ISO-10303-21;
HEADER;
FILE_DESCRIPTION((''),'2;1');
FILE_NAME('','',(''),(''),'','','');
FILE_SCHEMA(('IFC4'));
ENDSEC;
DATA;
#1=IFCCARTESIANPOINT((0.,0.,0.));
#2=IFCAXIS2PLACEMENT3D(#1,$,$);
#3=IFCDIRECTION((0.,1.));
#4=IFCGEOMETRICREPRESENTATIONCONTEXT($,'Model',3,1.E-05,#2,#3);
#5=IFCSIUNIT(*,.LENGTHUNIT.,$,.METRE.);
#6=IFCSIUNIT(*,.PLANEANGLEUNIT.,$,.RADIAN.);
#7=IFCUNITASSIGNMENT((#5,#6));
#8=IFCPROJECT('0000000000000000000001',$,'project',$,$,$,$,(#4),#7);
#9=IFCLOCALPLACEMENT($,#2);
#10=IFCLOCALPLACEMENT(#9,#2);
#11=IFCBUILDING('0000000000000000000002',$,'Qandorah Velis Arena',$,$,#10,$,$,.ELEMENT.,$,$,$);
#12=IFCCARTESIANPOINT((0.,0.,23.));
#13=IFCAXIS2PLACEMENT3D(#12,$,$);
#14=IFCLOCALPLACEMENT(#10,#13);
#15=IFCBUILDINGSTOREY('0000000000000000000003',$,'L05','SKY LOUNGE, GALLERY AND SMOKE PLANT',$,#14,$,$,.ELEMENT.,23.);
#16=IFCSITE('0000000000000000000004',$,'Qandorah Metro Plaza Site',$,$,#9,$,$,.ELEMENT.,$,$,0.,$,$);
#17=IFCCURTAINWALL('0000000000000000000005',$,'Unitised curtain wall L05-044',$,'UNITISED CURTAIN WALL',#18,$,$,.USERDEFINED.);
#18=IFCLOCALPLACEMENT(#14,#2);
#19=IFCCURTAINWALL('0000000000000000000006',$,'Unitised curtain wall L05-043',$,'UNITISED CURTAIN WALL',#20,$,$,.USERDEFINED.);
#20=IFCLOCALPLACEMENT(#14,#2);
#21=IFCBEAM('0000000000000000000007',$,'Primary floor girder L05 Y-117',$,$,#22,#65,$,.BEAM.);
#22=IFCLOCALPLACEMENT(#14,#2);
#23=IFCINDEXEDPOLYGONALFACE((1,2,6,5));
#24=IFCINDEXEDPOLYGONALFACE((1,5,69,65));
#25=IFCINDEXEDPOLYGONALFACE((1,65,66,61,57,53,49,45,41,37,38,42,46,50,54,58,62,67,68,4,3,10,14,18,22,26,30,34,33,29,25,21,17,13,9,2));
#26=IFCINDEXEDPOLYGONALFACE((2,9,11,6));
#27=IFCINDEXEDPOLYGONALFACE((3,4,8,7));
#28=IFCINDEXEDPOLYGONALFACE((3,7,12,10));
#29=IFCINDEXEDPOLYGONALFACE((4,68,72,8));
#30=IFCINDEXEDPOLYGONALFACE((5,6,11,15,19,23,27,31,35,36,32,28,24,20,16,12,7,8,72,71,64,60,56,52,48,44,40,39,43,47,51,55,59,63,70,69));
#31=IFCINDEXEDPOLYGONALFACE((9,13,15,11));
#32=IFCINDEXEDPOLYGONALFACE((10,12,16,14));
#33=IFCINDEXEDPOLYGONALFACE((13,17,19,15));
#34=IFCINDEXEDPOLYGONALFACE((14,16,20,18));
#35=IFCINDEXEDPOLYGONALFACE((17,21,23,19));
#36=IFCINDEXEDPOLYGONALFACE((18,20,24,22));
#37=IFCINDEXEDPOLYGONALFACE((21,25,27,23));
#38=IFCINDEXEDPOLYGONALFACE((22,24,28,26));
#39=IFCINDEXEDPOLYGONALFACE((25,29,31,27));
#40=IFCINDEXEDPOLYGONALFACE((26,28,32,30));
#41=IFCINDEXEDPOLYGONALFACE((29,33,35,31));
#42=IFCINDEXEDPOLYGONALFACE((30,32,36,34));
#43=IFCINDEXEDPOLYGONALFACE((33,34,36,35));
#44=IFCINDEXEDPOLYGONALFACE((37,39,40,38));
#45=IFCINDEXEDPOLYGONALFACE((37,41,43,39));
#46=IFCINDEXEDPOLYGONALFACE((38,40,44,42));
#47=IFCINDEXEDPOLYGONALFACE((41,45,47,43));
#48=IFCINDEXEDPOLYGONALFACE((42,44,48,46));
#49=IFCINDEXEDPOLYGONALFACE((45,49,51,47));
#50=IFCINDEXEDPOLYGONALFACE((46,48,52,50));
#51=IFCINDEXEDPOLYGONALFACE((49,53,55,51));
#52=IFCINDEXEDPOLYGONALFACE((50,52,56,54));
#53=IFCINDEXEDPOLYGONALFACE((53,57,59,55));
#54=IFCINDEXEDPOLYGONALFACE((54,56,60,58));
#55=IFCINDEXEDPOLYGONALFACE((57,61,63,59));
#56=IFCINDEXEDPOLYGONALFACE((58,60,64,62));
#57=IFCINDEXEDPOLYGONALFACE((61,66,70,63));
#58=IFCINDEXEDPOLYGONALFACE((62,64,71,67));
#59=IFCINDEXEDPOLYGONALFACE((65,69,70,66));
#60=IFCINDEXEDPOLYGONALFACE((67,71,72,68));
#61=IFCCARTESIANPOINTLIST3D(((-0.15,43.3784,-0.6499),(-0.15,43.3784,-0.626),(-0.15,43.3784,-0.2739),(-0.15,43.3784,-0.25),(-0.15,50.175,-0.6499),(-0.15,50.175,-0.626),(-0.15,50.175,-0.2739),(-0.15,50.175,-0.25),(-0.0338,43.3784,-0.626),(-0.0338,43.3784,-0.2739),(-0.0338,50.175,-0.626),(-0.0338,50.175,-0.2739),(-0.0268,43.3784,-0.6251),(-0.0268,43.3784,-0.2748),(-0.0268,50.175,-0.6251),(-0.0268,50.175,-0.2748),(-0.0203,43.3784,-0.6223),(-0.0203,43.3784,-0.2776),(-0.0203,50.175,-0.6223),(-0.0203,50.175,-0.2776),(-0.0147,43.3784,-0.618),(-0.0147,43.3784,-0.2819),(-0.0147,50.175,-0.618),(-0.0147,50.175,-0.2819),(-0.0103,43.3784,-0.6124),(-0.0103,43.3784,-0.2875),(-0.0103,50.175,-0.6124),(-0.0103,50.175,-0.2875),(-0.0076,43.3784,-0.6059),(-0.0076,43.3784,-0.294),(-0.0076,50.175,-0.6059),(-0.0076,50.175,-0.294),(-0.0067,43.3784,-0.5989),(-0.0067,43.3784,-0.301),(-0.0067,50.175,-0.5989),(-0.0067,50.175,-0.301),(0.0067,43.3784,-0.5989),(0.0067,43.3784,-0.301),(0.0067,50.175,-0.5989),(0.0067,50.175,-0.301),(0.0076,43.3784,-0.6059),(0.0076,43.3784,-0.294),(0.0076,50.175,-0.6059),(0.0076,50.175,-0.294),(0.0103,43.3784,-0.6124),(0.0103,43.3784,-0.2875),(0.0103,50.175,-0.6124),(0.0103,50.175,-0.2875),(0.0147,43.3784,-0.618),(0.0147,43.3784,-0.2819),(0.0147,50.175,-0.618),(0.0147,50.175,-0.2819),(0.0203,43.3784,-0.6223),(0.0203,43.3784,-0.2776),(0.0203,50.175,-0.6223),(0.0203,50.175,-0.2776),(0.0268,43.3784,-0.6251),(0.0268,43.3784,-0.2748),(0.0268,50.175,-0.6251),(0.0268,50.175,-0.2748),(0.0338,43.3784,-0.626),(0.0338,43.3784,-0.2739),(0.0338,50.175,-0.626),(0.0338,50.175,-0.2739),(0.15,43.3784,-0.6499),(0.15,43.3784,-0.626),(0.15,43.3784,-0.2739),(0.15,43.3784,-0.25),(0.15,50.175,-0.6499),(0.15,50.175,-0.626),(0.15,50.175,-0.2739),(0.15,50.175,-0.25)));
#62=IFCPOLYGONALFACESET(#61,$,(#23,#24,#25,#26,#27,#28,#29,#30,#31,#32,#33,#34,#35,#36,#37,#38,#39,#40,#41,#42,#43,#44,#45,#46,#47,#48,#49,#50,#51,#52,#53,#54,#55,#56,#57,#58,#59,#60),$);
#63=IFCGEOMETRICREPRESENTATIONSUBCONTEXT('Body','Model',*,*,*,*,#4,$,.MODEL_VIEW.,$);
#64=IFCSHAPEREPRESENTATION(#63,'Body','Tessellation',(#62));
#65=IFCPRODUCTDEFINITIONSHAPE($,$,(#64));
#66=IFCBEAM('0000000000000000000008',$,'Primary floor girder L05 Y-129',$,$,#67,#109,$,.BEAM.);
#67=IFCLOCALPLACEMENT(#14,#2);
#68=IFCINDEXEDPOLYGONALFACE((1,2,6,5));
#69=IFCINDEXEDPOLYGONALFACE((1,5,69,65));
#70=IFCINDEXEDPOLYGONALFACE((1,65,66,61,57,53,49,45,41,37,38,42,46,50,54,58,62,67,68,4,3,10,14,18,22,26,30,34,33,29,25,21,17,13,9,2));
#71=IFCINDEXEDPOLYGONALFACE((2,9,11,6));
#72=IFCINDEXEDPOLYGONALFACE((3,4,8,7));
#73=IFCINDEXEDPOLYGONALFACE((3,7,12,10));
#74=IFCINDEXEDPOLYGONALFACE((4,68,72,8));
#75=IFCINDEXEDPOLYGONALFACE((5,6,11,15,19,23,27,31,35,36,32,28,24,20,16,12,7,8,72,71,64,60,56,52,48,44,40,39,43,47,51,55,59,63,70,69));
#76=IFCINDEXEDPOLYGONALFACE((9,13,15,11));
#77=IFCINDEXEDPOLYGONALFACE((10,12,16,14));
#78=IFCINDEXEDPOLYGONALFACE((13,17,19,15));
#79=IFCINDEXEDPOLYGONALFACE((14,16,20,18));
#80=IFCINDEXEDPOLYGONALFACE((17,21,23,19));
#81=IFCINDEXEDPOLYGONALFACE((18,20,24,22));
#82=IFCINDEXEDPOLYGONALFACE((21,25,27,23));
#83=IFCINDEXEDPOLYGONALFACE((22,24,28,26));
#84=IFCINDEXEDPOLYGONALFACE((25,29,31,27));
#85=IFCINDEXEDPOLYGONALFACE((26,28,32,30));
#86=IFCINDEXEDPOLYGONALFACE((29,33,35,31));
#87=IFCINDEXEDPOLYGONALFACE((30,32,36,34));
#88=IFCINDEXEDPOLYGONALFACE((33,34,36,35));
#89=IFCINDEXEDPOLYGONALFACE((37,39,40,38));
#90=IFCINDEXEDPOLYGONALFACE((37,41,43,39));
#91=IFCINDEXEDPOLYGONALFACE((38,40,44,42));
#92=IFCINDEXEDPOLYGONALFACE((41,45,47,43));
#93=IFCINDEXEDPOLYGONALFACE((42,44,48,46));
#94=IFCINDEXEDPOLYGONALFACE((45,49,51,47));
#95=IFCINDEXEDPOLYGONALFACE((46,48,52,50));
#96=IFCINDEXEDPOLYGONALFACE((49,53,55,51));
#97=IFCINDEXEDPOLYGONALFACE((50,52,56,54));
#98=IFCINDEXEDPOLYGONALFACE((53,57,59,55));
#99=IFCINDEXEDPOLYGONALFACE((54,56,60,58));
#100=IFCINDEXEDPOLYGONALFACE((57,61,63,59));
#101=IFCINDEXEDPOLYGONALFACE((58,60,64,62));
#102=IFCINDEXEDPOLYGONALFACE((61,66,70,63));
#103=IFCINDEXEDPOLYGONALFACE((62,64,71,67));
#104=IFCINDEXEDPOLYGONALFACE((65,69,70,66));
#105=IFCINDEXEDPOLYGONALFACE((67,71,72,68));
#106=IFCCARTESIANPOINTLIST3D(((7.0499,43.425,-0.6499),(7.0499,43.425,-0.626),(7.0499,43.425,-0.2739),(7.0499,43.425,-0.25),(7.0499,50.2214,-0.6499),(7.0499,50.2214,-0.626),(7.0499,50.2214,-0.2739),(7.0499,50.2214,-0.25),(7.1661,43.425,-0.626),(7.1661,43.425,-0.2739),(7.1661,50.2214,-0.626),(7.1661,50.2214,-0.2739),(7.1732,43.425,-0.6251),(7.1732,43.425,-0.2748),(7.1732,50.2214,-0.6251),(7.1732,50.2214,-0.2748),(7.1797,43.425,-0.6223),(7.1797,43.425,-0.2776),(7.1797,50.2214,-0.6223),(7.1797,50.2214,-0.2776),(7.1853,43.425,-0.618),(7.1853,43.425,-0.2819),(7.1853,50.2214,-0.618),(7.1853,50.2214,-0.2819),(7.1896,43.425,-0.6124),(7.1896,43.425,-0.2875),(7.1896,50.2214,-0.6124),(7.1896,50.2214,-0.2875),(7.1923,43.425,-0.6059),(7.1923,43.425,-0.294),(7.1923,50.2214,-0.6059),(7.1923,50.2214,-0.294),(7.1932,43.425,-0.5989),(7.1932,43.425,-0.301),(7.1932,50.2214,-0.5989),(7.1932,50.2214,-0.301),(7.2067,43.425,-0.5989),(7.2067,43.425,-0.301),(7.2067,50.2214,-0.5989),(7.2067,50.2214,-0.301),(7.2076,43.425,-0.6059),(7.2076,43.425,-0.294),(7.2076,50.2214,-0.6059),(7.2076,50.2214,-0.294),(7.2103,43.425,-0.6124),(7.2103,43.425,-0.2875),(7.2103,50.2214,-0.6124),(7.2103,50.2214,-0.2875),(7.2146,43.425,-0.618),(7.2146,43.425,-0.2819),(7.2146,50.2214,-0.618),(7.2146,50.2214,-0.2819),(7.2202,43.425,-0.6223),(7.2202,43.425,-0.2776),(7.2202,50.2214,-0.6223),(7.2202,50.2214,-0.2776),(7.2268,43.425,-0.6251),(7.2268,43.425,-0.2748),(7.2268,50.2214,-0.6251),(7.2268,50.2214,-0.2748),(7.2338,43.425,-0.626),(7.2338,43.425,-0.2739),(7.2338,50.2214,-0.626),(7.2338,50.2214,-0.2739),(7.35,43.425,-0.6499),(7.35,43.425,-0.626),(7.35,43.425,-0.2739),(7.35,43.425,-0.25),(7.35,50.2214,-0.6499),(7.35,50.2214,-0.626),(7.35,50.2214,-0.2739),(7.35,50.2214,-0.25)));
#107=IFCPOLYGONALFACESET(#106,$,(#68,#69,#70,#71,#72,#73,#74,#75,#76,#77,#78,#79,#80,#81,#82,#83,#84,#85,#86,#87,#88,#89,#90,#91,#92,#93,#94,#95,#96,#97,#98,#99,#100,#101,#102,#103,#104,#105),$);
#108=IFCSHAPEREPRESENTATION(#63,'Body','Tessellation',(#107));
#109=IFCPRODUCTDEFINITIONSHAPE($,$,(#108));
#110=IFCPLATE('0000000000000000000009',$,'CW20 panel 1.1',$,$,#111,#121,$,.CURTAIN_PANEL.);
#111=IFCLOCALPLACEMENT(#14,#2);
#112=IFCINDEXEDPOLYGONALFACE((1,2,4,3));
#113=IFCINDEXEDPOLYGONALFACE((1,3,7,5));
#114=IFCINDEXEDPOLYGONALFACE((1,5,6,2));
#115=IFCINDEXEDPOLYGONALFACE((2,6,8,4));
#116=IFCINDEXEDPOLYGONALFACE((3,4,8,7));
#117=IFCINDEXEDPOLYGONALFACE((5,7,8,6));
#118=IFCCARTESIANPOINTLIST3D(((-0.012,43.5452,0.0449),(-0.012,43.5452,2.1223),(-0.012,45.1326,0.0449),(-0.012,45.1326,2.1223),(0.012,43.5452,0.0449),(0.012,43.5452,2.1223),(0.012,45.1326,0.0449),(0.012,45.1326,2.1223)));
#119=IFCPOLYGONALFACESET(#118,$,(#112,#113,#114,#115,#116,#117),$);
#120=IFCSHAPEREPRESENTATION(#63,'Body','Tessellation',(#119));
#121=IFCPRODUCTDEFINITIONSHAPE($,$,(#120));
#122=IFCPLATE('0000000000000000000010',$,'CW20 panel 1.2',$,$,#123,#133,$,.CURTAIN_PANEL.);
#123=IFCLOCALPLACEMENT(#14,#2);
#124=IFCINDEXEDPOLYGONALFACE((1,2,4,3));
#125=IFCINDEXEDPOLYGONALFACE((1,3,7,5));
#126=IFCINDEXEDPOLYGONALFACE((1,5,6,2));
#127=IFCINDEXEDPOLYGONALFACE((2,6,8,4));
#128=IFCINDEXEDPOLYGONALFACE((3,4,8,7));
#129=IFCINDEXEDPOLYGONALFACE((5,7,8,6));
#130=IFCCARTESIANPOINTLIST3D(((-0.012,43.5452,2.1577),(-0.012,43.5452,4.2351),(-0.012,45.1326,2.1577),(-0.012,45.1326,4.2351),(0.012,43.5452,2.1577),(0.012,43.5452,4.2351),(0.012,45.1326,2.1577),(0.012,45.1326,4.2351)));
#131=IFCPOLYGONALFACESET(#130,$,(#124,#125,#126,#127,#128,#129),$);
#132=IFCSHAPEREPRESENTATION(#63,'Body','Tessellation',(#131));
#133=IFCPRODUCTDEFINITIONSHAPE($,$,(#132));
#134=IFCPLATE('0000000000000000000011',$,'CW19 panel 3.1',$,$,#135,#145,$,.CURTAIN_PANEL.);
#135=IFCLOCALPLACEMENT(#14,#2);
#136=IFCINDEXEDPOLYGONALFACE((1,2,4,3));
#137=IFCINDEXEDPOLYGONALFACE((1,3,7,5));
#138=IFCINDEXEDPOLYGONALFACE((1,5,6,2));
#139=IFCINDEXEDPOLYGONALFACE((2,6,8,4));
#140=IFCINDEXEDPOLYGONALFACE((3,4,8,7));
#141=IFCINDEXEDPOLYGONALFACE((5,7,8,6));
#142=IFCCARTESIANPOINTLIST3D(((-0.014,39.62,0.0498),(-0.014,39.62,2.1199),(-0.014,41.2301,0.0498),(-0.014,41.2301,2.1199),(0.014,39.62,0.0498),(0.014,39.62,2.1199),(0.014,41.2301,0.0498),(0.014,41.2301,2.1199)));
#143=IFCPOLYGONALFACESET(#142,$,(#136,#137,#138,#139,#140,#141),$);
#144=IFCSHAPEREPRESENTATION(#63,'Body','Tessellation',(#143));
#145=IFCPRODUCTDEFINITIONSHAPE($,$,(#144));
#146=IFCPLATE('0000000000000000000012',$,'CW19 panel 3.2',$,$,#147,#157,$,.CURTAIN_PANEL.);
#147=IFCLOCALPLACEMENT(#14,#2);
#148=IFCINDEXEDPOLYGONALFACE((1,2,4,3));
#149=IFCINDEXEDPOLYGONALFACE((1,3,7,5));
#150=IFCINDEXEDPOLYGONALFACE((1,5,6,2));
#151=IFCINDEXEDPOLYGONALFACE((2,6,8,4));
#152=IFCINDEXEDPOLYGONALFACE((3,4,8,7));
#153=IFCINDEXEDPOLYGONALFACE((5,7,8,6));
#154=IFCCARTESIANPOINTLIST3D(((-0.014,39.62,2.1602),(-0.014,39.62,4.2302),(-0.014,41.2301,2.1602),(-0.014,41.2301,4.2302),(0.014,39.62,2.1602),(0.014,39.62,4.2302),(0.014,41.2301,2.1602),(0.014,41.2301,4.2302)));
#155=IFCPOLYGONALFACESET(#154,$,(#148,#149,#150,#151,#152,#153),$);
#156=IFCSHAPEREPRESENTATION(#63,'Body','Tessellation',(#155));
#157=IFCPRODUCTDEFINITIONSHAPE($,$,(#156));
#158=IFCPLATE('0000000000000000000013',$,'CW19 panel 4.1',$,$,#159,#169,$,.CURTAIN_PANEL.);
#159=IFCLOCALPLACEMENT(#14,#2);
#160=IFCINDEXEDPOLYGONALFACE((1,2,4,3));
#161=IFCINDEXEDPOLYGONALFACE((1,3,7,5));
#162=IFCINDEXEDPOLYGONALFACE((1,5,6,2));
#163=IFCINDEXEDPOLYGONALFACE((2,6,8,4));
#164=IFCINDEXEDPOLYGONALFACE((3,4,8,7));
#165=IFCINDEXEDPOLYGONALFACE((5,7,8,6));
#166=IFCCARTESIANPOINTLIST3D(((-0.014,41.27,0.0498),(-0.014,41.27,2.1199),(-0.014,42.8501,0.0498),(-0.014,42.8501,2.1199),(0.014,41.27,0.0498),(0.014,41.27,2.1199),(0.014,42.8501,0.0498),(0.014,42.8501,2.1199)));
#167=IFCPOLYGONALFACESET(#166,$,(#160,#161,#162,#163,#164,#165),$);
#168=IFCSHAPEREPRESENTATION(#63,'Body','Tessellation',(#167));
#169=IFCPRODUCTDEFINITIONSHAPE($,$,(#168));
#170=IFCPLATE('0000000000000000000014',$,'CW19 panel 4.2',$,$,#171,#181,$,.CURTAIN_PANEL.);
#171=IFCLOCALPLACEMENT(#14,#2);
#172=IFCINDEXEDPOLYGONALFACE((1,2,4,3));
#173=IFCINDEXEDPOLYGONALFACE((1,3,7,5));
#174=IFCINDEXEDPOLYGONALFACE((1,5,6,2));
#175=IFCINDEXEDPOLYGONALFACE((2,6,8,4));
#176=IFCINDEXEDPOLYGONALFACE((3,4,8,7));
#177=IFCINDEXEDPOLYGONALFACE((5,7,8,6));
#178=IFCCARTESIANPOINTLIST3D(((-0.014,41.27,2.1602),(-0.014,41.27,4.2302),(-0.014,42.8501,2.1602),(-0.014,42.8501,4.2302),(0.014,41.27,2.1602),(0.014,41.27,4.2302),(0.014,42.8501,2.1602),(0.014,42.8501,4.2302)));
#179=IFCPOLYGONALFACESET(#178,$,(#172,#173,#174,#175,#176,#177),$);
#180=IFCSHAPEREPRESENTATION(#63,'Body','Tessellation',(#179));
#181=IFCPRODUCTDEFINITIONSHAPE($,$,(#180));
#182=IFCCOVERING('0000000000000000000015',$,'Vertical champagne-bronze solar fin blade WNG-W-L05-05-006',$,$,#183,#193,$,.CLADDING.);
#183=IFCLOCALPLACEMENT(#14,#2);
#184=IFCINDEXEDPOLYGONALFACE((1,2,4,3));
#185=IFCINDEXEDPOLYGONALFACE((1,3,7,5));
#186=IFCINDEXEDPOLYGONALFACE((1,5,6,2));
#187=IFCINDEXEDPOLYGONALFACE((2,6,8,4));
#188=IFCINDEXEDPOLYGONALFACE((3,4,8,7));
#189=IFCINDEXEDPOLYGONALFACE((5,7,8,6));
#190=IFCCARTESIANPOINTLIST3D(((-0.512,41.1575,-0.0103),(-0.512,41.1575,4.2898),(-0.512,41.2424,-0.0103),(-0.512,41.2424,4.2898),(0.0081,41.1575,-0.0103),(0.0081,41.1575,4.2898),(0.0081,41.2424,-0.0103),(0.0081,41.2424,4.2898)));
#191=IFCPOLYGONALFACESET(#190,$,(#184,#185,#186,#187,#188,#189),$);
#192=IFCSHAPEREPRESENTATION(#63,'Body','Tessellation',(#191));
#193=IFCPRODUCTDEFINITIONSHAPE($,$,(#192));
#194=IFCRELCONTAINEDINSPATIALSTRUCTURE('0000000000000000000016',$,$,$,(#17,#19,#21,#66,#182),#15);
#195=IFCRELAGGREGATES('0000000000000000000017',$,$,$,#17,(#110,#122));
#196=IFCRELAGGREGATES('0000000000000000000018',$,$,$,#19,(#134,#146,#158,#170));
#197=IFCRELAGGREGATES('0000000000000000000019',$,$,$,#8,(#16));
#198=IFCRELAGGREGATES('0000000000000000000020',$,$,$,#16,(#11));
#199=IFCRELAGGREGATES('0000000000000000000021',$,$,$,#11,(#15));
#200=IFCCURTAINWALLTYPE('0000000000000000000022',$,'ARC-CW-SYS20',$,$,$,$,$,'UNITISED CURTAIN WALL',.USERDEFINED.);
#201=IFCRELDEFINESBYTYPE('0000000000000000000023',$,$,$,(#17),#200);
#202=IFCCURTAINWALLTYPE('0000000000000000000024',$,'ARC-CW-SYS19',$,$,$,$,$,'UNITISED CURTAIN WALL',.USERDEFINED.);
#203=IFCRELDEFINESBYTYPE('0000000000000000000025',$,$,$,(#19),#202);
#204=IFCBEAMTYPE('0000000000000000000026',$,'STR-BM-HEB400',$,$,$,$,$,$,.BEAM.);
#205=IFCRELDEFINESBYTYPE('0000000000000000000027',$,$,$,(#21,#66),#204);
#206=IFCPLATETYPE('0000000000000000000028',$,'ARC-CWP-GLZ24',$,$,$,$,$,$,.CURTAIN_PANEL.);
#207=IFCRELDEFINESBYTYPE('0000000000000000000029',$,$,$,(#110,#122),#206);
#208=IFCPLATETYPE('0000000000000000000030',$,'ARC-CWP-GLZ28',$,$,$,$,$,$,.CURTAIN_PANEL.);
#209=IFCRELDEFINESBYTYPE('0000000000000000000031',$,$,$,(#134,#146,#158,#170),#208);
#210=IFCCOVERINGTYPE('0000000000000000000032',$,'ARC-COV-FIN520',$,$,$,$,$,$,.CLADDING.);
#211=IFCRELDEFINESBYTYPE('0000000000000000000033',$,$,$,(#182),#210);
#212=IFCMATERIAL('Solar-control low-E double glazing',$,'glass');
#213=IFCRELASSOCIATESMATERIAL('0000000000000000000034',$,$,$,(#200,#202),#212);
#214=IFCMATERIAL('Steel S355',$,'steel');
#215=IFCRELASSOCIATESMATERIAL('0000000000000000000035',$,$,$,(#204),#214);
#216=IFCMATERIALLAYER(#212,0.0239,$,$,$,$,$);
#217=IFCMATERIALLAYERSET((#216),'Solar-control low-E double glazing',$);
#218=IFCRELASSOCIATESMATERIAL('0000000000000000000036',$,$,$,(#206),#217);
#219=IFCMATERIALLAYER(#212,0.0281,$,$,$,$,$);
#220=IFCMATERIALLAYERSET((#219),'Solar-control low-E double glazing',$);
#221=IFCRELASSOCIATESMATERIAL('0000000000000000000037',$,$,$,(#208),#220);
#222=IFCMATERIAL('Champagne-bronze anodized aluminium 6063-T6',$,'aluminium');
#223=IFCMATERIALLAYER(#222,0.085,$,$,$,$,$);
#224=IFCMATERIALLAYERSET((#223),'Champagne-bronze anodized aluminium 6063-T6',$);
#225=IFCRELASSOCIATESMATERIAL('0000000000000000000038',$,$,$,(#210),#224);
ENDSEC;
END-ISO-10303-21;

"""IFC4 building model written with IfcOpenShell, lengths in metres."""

from ifc_helpers import new_model, si_unit, direction, frame, origin, origin_2d, place, context, subcontext, project, spatial, rectangle, i_section, extrude, material, layer, layer_set, material_profile, profile_set, type_object, element, aggregate, save


model = new_model("IFC4")

# Units and contexts
model_context = context("Model", 3, precision=1e-05, world=origin(), true_north=direction((0.0, 1.0)))
body_context = subcontext(model_context, "Body", "Model", "MODEL_VIEW")
ifc_project = project(units=[si_unit("LENGTHUNIT", "METRE"), si_unit("PLANEANGLEUNIT", "RADIAN")], contexts=[model_context])

# Site, building, storey
site_placement = place(None, origin())
site = spatial("IfcSite", under=ifc_project, at=site_placement, Name="Qandorah Metro Plaza Site", CompositionType="ELEMENT", RefElevation=0.0)
building_placement = place(site_placement, origin())
building = spatial("IfcBuilding", under=site, at=building_placement, Name="Qandorah Velis Arena", CompositionType="ELEMENT")
storey_placement = place(building_placement, frame((0.0, 0.0, 23.0)))
storey = spatial("IfcBuildingStorey", under=building, at=storey_placement, Name="L05", Description="SKY LOUNGE, GALLERY AND SMOKE PLANT", CompositionType="ELEMENT", Elevation=23.0)

# Curtain wall
ifc_material_1 = material(Name="Solar-control low-E double glazing", Category="glass")
curtain_wall_type_1 = type_object("IfcCurtainWallType", Name="ARC-CW-SYS20", ElementType="UNITISED CURTAIN WALL", PredefinedType="USERDEFINED", material=ifc_material_1)
curtain_wall_1_placement = place(storey_placement, origin())
curtain_wall_1 = element("IfcCurtainWall", 1, at=curtain_wall_1_placement, inside=storey, type_object=curtain_wall_type_1, Name="Unitised curtain wall L05-044", ObjectType="UNITISED CURTAIN WALL", PredefinedType="USERDEFINED")
ifc_material_2 = material(Name="Champagne-bronze anodized aluminium 6063-T6", Category="aluminium")

# Curtain wall
curtain_wall_type_2 = type_object("IfcCurtainWallType", Name="ARC-CW-SYS19", ElementType="UNITISED CURTAIN WALL", PredefinedType="USERDEFINED", material=ifc_material_1)
curtain_wall_2_placement = place(storey_placement, origin())
curtain_wall_2 = element("IfcCurtainWall", 2, at=curtain_wall_2_placement, inside=storey, type_object=curtain_wall_type_2, Name="Unitised curtain wall L05-043", ObjectType="UNITISED CURTAIN WALL", PredefinedType="USERDEFINED")

# Beams
ifc_material_3 = material(Name="Steel S355", Category="steel")
ifc_material_profile_1 = material_profile(ifc_material_3, i_section(OverallWidth=0.3, OverallDepth=0.3999, WebThickness=0.0134, FlangeThickness=0.0239, FilletRadius=0.0271, at=origin_2d()), Name="HEB 400")
ifc_profile_set_1 = profile_set([ifc_material_profile_1], Name="Steel S355")
beam_type = type_object("IfcBeamType", Name="STR-BM-HEB400", PredefinedType="BEAM", material=ifc_profile_set_1)
beam_1_placement = place(storey_placement, frame((0.0, 43.3784, -0.45), z_axis=(0.0, 1.0, 0.0), x_axis=(-1.0, 0.0, 0.0)))
element("IfcBeam", 3, at=beam_1_placement, inside=storey, type_object=beam_type, Name="Primary floor girder L05 Y-117", PredefinedType="BEAM", context=body_context, shape_type="SweptSolid", body=[
    extrude(i_section(OverallWidth=0.3, OverallDepth=0.3999, WebThickness=0.0134, FlangeThickness=0.0239, FilletRadius=0.0271, at=origin_2d()), origin(), (0.0, 0.0, 1.0), 6.7966),
])
beam_2_placement = place(storey_placement, frame((7.2, 43.425, -0.45), z_axis=(0.0, 1.0, 0.0), x_axis=(-1.0, 0.0, 0.0)))
element("IfcBeam", 4, at=beam_2_placement, inside=storey, type_object=beam_type, Name="Primary floor girder L05 Y-129", PredefinedType="BEAM", context=body_context, shape_type="SweptSolid", body=[
    extrude(i_section(OverallWidth=0.3, OverallDepth=0.3999, WebThickness=0.0134, FlangeThickness=0.0239, FilletRadius=0.0271, at=origin_2d()), origin(), (0.0, 0.0, 1.0), 6.7964),
])

# Plates
ifc_layer_1 = layer(ifc_material_1, 0.0239)
ifc_layer_set_1 = layer_set([ifc_layer_1], Name="Solar-control low-E double glazing")
plate_type_1 = type_object("IfcPlateType", Name="ARC-CWP-GLZ24", PredefinedType="CURTAIN_PANEL", material=ifc_layer_set_1)
plate_1_placement = place(storey_placement, frame((0.0, 44.3389, 0.0449), z_axis=(0.0, 0.0, 1.0), x_axis=(0.0, 1.0, 0.0)))
plate_1 = element("IfcPlate", 5, at=plate_1_placement, type_object=plate_type_1, Name="CW20 panel 1.1", PredefinedType="CURTAIN_PANEL", context=body_context, shape_type="SweptSolid", body=[
    extrude(rectangle(XDim=1.5874, YDim=0.0239, at=origin_2d()), origin(), (0.0, 0.0, 1.0), 2.0774),
])
plate_2_placement = place(storey_placement, frame((0.0, 44.3389, 2.1577), z_axis=(0.0, 0.0, 1.0), x_axis=(0.0, 1.0, 0.0)))
plate_2 = element("IfcPlate", 6, at=plate_2_placement, type_object=plate_type_1, Name="CW20 panel 1.2", PredefinedType="CURTAIN_PANEL", context=body_context, shape_type="SweptSolid", body=[
    extrude(rectangle(XDim=1.5874, YDim=0.0239, at=origin_2d()), origin(), (0.0, 0.0, 1.0), 2.0774),
])
aggregate(curtain_wall_1, [plate_1, plate_2])
ifc_layer_2 = layer(ifc_material_1, 0.0281)
ifc_layer_set_2 = layer_set([ifc_layer_2], Name="Solar-control low-E double glazing")
plate_type_2 = type_object("IfcPlateType", Name="ARC-CWP-GLZ28", PredefinedType="CURTAIN_PANEL", material=ifc_layer_set_2)
plate_3_placement = place(storey_placement, frame((0.0, 40.425, 0.0498), z_axis=(0.0, 0.0, 1.0), x_axis=(0.0, 1.0, 0.0)))
plate_3 = element("IfcPlate", 7, at=plate_3_placement, type_object=plate_type_2, Name="CW19 panel 3.1", PredefinedType="CURTAIN_PANEL", context=body_context, shape_type="SweptSolid", body=[
    extrude(rectangle(XDim=1.6101, YDim=0.0281, at=origin_2d()), origin(), (0.0, 0.0, 1.0), 2.0701),
])
plate_4_placement = place(storey_placement, frame((0.0, 40.425, 2.1602), z_axis=(0.0, 0.0, 1.0), x_axis=(0.0, 1.0, 0.0)))
plate_4 = element("IfcPlate", 8, at=plate_4_placement, type_object=plate_type_2, Name="CW19 panel 3.2", PredefinedType="CURTAIN_PANEL", context=body_context, shape_type="SweptSolid", body=[
    extrude(rectangle(XDim=1.6101, YDim=0.0281, at=origin_2d()), origin(), (0.0, 0.0, 1.0), 2.0701),
])
plate_5_placement = place(storey_placement, frame((0.0, 42.0601, 0.0498), z_axis=(0.0, 0.0, 1.0), x_axis=(0.0, 1.0, 0.0)))
plate_5 = element("IfcPlate", 9, at=plate_5_placement, type_object=plate_type_2, Name="CW19 panel 4.1", PredefinedType="CURTAIN_PANEL", context=body_context, shape_type="SweptSolid", body=[
    extrude(rectangle(XDim=1.5801, YDim=0.0281, at=origin_2d()), origin(), (0.0, 0.0, 1.0), 2.0701),
])
plate_6_placement = place(storey_placement, frame((0.0, 42.0601, 2.1602), z_axis=(0.0, 0.0, 1.0), x_axis=(0.0, 1.0, 0.0)))
plate_6 = element("IfcPlate", 10, at=plate_6_placement, type_object=plate_type_2, Name="CW19 panel 4.2", PredefinedType="CURTAIN_PANEL", context=body_context, shape_type="SweptSolid", body=[
    extrude(rectangle(XDim=1.5801, YDim=0.0281, at=origin_2d()), origin(), (0.0, 0.0, 1.0), 2.0701),
])
aggregate(curtain_wall_2, [plate_3, plate_4, plate_5, plate_6])

# Covering
ifc_layer_3 = layer(ifc_material_2, 0.085)
ifc_layer_set_3 = layer_set([ifc_layer_3], Name="Champagne-bronze anodized aluminium 6063-T6")
covering_type = type_object("IfcCoveringType", Name="ARC-COV-FIN520", PredefinedType="CLADDING", material=ifc_layer_set_3)
for number, where, z_axis, x_axis, name in (
    (11, (-0.252, 41.2, -0.0103), (0.0, 0.0, 1.0), (1.0, 0.0, 0.0), "Vertical champagne-bronze solar fin blade WNG-W-L05-05-006"),
):
    element("IfcCovering", number, at=place(storey_placement, frame(where, z_axis=z_axis, x_axis=x_axis)), inside=storey, type_object=covering_type, Name=name, PredefinedType="CLADDING", context=body_context, shape_type="SweptSolid", body=[
        extrude(rectangle(XDim=0.52, YDim=0.085, at=origin_2d()), origin(), (0.0, 0.0, 1.0), 4.3),
    ])

save(model, "model.ifc")
